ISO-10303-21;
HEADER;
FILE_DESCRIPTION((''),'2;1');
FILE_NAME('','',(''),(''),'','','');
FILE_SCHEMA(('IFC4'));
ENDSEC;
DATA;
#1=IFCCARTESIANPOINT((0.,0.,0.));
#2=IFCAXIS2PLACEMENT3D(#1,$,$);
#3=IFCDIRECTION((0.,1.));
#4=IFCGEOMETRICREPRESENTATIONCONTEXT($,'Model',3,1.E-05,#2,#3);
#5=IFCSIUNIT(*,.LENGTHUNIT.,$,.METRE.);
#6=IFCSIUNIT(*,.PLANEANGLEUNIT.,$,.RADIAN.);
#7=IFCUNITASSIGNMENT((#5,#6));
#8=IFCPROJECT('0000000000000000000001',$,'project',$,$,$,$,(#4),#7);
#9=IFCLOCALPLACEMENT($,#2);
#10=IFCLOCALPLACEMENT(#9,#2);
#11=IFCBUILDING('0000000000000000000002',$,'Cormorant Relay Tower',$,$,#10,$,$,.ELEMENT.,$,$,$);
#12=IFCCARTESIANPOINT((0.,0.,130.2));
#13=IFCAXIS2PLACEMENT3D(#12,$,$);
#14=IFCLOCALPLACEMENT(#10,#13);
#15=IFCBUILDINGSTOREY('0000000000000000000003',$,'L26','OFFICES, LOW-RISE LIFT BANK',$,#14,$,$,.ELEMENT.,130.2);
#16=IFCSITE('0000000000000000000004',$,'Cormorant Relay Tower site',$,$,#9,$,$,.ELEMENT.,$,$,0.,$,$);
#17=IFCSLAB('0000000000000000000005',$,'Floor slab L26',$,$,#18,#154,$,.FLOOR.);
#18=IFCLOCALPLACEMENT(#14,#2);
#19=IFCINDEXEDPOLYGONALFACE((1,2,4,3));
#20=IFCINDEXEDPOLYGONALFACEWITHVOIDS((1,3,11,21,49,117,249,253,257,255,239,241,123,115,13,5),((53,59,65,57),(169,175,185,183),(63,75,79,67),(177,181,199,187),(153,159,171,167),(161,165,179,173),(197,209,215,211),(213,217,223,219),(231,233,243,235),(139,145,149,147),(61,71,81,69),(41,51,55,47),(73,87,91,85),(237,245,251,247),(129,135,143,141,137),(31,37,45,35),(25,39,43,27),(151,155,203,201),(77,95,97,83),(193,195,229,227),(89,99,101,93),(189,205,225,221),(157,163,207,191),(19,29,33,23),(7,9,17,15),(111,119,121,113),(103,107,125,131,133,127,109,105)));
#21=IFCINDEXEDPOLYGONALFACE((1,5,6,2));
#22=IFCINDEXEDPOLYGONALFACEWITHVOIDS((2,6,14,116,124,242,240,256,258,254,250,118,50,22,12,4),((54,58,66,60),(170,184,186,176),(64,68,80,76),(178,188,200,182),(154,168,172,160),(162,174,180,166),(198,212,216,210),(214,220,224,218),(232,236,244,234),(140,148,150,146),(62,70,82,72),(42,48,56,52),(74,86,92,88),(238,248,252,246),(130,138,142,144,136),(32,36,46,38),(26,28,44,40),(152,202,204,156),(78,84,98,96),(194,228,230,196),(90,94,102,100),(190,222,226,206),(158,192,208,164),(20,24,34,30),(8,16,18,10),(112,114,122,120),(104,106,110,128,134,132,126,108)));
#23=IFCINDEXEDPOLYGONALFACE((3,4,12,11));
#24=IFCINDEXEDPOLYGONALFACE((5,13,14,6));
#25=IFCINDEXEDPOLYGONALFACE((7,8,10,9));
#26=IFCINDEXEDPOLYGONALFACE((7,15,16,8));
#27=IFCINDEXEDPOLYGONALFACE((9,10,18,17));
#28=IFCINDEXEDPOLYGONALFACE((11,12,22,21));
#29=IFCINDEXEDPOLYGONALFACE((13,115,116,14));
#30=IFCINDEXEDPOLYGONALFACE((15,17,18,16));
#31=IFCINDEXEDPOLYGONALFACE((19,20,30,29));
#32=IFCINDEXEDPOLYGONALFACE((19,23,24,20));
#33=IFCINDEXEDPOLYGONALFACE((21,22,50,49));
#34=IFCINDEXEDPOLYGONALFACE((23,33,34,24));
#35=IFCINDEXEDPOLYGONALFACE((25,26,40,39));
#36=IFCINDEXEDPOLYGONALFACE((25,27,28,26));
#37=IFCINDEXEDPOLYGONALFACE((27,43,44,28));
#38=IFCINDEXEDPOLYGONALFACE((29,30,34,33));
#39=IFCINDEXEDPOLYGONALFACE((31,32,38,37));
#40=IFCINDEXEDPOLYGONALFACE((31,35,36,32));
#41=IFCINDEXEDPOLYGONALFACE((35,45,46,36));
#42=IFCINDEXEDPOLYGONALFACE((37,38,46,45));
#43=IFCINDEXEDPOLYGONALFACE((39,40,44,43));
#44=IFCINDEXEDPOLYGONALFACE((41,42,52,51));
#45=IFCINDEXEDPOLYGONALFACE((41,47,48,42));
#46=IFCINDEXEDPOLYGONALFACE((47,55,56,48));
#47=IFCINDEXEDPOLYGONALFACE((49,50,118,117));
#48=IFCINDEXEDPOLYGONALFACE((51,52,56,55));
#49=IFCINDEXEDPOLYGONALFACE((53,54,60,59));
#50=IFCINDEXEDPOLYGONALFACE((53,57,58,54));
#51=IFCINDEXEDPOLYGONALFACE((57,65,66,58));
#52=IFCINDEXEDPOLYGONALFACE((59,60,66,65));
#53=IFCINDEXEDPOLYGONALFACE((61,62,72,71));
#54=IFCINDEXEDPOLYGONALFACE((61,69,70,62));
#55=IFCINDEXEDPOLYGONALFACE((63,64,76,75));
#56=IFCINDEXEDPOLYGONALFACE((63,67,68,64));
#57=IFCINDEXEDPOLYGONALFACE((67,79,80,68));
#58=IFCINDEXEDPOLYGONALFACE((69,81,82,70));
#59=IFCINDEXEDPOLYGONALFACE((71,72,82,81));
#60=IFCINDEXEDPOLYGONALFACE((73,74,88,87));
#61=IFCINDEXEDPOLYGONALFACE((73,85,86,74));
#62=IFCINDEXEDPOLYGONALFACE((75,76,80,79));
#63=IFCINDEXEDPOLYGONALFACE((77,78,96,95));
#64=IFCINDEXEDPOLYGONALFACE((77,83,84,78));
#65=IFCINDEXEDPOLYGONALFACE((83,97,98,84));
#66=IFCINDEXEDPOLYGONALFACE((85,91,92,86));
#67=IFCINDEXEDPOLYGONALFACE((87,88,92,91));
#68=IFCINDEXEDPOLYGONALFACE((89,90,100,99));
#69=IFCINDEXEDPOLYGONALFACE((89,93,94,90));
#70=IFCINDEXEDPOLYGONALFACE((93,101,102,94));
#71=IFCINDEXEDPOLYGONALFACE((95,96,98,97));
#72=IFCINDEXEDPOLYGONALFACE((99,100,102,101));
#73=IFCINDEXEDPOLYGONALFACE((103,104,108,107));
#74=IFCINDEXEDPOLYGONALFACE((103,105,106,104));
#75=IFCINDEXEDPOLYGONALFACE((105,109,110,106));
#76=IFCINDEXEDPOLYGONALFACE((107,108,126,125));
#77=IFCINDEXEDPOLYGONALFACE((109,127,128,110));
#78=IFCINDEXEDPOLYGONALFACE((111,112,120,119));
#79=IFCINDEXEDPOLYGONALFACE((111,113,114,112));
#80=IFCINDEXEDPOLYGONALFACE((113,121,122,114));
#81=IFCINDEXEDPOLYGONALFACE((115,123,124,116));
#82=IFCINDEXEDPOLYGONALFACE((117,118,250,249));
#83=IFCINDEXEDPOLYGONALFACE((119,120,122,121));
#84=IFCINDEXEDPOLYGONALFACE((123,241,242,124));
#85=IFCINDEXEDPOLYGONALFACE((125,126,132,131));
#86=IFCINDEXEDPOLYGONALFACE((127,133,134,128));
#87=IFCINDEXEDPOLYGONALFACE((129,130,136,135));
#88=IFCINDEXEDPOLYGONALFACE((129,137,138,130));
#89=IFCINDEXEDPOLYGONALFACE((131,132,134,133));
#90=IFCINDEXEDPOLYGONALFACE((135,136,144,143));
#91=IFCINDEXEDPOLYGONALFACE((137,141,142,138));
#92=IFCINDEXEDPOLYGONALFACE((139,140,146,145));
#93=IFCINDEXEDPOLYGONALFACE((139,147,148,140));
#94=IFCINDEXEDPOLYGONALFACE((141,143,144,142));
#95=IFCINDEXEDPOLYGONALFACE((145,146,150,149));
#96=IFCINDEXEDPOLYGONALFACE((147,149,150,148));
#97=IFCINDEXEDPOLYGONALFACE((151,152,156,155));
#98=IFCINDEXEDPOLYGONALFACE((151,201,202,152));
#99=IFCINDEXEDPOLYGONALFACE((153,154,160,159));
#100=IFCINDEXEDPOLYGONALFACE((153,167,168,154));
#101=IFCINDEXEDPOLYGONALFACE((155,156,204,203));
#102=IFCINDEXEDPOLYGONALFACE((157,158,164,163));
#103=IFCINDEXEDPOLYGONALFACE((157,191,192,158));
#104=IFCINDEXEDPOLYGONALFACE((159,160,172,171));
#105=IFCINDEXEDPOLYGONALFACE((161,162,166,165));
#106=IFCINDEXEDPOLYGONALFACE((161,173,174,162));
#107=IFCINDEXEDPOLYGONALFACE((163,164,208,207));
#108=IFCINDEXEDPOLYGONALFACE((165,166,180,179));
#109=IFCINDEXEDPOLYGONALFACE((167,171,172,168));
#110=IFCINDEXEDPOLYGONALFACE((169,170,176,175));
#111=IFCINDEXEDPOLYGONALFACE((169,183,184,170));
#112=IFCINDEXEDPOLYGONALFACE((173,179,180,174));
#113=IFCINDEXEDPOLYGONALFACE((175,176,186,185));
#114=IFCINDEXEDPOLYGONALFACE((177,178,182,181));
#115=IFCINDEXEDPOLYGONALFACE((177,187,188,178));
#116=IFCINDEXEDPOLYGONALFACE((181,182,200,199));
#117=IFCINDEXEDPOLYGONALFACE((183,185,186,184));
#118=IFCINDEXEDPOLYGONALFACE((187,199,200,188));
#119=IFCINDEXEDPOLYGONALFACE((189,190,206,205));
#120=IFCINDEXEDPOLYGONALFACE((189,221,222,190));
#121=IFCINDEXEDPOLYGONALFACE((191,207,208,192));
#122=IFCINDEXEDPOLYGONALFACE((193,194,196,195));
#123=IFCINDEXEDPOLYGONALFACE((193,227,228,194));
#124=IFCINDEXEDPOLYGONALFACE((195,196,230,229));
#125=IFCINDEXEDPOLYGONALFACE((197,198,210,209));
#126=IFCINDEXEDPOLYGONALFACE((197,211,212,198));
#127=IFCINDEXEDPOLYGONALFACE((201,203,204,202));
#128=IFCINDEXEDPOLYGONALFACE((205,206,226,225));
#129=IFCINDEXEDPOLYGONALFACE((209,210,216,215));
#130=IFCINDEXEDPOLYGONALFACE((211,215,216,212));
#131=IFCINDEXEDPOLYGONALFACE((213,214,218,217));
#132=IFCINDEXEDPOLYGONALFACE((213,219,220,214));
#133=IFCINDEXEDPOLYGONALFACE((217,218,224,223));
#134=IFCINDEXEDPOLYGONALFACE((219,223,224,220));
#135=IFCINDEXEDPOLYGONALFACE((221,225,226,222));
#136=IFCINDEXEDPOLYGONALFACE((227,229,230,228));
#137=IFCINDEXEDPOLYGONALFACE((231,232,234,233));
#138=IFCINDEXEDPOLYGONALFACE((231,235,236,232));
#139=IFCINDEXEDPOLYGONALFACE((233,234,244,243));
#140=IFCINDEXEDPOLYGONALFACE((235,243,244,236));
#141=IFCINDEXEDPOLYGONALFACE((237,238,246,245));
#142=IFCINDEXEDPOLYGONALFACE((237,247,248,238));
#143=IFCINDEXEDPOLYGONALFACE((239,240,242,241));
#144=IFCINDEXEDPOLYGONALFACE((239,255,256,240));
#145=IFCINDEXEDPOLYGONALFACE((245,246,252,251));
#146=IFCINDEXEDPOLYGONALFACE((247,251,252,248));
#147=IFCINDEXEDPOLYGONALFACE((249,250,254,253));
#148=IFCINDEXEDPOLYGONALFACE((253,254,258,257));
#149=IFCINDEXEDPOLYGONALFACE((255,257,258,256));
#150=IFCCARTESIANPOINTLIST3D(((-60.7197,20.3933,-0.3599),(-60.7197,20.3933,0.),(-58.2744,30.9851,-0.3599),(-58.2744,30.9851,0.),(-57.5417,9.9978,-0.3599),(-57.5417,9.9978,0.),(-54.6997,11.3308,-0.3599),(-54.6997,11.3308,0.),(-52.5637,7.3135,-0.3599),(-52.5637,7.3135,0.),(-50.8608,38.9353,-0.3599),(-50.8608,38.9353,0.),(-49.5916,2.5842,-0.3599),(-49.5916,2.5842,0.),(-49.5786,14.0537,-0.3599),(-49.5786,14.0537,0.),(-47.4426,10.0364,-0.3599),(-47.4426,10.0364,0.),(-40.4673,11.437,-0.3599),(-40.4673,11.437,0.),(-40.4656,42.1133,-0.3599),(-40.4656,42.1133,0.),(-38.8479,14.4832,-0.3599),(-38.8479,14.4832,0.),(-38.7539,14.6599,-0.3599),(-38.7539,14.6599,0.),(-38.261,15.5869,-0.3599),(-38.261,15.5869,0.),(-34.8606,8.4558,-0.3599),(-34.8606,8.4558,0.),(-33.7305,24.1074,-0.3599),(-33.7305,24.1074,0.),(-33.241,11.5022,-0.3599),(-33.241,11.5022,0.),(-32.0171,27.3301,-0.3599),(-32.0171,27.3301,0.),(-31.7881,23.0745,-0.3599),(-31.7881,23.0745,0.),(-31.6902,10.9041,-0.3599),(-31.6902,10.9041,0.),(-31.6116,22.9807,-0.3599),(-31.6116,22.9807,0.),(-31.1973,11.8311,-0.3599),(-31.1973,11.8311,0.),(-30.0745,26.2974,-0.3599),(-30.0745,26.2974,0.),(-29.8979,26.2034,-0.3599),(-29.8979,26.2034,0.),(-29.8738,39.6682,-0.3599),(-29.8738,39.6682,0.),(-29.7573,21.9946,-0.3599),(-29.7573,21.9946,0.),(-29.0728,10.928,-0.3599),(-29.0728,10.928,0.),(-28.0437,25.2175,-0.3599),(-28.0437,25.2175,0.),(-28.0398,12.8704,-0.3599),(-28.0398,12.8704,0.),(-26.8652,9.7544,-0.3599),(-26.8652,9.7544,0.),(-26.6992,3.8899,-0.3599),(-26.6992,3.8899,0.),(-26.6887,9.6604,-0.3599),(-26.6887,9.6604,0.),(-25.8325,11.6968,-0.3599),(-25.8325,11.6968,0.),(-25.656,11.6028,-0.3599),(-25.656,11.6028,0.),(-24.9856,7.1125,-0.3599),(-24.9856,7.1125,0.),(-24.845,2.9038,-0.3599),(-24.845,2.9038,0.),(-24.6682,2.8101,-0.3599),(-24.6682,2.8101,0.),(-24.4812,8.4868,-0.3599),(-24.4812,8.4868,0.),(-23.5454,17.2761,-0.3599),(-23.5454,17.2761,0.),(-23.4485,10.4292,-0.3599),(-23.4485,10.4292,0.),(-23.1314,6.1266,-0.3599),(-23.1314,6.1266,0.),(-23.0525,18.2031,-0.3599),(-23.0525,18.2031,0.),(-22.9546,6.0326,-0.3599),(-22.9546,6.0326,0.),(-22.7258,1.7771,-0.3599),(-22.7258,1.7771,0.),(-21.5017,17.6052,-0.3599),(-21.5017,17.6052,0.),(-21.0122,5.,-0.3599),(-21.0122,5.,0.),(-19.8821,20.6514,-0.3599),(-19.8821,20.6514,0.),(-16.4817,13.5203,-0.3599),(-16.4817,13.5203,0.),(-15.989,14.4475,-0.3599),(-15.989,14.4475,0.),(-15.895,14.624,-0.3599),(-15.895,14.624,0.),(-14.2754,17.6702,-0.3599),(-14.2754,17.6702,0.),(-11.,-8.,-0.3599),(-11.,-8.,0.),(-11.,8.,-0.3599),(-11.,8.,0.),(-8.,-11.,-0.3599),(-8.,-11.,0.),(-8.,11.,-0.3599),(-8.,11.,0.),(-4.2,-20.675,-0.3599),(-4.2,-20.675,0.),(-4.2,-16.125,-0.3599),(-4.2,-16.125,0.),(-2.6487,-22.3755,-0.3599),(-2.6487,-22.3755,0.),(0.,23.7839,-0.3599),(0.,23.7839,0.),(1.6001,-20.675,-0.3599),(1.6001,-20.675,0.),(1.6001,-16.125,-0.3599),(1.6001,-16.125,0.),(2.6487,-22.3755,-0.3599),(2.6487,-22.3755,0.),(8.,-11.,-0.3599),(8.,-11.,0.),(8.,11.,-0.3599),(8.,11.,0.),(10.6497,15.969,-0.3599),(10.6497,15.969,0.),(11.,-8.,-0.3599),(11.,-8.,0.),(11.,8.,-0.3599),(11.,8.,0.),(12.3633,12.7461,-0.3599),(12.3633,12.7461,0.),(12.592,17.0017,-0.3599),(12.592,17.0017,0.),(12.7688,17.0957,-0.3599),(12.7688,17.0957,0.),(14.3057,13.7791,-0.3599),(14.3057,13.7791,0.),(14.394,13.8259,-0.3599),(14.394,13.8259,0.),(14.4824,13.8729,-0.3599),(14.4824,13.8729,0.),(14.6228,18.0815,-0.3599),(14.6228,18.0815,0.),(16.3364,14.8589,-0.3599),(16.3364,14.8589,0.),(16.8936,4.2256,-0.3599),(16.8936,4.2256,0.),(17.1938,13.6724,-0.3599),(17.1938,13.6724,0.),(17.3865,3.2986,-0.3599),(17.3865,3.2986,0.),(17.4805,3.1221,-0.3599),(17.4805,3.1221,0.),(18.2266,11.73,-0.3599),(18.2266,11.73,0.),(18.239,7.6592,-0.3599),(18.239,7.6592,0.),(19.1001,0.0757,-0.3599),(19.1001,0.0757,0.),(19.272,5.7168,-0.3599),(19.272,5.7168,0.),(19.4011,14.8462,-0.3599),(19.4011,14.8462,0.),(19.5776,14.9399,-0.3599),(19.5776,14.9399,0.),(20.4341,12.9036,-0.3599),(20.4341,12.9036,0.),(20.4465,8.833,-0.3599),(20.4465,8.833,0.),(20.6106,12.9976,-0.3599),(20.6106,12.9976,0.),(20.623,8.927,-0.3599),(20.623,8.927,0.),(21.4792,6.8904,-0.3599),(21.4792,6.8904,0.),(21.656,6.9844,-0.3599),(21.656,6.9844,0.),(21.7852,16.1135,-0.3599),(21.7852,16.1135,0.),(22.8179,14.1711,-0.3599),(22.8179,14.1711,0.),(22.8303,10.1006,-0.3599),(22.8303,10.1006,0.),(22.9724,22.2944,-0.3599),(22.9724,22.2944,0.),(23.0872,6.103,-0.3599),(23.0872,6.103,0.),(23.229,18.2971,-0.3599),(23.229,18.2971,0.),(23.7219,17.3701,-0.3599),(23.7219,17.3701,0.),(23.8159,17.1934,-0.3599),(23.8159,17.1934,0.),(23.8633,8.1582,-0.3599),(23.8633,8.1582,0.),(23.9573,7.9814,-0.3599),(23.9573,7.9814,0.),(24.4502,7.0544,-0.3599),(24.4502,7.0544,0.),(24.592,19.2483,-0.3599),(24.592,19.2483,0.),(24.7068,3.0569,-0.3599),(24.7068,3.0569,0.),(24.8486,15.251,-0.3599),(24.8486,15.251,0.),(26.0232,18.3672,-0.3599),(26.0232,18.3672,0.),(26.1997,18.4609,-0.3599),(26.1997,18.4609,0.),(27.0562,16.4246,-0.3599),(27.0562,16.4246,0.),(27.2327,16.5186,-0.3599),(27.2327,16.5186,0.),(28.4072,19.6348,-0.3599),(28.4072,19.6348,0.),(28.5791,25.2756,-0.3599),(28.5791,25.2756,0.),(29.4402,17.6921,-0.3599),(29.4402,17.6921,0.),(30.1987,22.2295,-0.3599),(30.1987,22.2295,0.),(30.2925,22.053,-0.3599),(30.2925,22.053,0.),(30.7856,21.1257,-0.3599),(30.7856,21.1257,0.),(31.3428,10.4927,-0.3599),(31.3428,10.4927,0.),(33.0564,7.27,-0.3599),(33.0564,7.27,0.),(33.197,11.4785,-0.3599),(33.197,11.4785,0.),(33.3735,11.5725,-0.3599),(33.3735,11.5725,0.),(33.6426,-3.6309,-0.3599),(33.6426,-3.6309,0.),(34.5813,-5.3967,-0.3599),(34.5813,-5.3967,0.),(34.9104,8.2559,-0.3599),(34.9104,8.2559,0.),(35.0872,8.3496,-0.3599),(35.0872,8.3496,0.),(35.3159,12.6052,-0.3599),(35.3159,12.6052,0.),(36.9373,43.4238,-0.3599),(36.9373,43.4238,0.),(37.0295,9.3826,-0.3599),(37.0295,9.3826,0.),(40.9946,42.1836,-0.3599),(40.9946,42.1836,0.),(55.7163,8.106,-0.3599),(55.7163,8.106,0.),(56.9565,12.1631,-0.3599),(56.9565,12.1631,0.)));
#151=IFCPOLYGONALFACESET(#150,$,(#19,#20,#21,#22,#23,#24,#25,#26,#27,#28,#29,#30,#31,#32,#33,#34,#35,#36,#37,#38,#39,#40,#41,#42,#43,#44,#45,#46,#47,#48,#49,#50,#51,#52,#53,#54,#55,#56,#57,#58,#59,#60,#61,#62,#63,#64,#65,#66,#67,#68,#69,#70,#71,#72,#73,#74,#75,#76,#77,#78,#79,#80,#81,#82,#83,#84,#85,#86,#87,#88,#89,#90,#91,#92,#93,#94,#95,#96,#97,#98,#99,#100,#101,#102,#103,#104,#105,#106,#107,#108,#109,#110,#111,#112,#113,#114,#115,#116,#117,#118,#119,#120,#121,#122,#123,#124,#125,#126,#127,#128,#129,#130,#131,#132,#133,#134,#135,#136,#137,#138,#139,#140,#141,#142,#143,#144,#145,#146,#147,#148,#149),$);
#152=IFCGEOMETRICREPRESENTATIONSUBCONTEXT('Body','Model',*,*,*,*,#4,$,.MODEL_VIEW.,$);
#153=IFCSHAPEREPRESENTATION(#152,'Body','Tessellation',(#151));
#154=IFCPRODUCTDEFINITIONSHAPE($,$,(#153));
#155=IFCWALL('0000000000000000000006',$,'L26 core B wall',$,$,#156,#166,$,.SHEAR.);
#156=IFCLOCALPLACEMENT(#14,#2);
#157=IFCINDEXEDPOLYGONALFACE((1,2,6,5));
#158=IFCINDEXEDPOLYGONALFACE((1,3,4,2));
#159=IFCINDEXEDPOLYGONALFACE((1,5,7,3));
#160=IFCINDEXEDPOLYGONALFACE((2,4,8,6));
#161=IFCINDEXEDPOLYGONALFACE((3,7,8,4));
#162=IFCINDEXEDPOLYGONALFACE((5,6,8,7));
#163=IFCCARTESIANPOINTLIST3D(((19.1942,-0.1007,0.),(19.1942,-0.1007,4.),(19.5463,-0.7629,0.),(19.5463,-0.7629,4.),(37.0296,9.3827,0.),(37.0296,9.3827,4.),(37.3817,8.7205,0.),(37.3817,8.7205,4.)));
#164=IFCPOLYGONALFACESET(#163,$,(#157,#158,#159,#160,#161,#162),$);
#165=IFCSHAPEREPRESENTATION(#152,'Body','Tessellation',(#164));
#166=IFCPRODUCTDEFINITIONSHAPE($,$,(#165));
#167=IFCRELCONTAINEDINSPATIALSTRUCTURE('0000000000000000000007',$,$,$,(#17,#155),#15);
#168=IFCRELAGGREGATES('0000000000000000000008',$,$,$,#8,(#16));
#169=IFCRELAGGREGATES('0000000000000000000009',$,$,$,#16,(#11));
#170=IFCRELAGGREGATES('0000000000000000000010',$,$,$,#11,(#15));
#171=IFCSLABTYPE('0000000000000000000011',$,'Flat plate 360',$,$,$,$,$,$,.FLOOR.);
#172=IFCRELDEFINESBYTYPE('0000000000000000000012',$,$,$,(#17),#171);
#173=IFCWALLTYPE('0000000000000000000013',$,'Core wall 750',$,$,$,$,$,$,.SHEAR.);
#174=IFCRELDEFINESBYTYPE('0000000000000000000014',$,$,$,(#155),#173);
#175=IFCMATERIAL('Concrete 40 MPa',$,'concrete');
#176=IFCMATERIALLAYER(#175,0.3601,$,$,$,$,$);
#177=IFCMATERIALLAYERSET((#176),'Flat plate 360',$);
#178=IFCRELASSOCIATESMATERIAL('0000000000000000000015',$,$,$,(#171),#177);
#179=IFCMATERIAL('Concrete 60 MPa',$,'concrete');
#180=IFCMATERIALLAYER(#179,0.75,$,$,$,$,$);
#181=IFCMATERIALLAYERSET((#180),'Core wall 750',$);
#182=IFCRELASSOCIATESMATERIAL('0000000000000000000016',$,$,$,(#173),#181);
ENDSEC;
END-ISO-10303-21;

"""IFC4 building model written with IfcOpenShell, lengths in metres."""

from ifc_helpers import new_model, si_unit, direction, frame, frame_2d, origin, place, context, subcontext, project, spatial, polyline, rectangle, outline, extrude, material, layer, layer_set, type_object, element, save


model = new_model("IFC4")

# Units and contexts
model_context = context("Model", 3, precision=1e-05, world=origin(), true_north=direction((0.0, 1.0)))
body_context = subcontext(model_context, "Body", "Model", "MODEL_VIEW")
ifc_project = project(units=[si_unit("LENGTHUNIT", "METRE"), si_unit("PLANEANGLEUNIT", "RADIAN")], contexts=[model_context])

# Site, building, storey
site_placement = place(None, origin())
site = spatial("IfcSite", under=ifc_project, at=site_placement, Name="Cormorant Relay Tower site", CompositionType="ELEMENT", RefElevation=0.0)
building_placement = place(site_placement, origin())
building = spatial("IfcBuilding", under=site, at=building_placement, Name="Cormorant Relay Tower", CompositionType="ELEMENT")
storey_placement = place(building_placement, frame((0.0, 0.0, 130.2)))
storey = spatial("IfcBuildingStorey", under=building, at=storey_placement, Name="L26", Description="OFFICES, LOW-RISE LIFT BANK", CompositionType="ELEMENT", Elevation=130.2)

# Slab
ifc_material_1 = material(Name="Concrete 40 MPa", Category="concrete")
ifc_layer_1 = layer(ifc_material_1, 0.3601)
ifc_layer_set_1 = layer_set([ifc_layer_1], Name="Flat plate 360")
slab_type_1 = type_object("IfcSlabType", Name="Flat plate 360", PredefinedType="FLOOR", material=ifc_layer_set_1)
slab_1_placement = place(storey_placement, frame((0.0, 0.0, -0.3599)))
element("IfcSlab", 1, at=slab_1_placement, inside=storey, type_object=slab_type_1, Name="Floor slab L26", PredefinedType="FLOOR", context=body_context, shape_type="SweptSolid", body=[
    extrude(outline(polyline([(-60.7197, 20.3933), (-58.2744, 30.9851), (-50.8608, 38.9353), (-40.4656, 42.1133), (-29.8738, 39.6682), (0.0, 23.7839), (36.9373, 43.4238), (40.9946, 42.1836), (56.9565, 12.1631), (55.7163, 8.106), (33.6426, -3.6309), (34.5813, -5.3967), (2.6487, -22.3755), (-2.6487, -22.3755), (-49.5916, 2.5842), (-57.5417, 9.9978), (-60.7197, 20.3933)]), holes=[polyline([(11.0, -8.0), (11.0, 8.0), (8.0, 11.0), (-8.0, 11.0), (-11.0, 8.0), (-11.0, -8.0), (-8.0, -11.0), (8.0, -11.0), (11.0, -8.0)]), polyline([(-4.2, -16.125), (-4.2, -20.675), (1.6001, -20.675), (1.6001, -16.125), (-4.2, -16.125)]), polyline([(-22.9546, 6.0327), (-24.6682, 2.8101), (-22.7258, 1.7771), (-21.0122, 5.0), (-23.043, 6.0796), (-22.9546, 6.0327)]), polyline([(-24.9856, 7.1125), (-26.6992, 3.8899), (-24.845, 2.9038), (-23.1313, 6.1267), (-23.043, 6.0796), (-24.9856, 7.1125)]), polyline([(-26.6887, 9.6604), (-24.4812, 8.4868), (-23.4485, 10.4292), (-25.656, 11.6028), (-26.6887, 9.6604)]), polyline([(-49.5786, 14.0537), (-54.6997, 11.3308), (-52.5637, 7.3135), (-47.4426, 10.0364), (-49.5786, 14.0537)]), polyline([(-28.0398, 12.8704), (-29.0728, 10.928), (-26.8652, 9.7544), (-25.8325, 11.6968), (-28.0398, 12.8704)]), polyline([(-38.8479, 14.4832), (-40.4673, 11.437), (-34.8606, 8.4558), (-33.241, 11.5022), (-38.8479, 14.4832)]), polyline([(-38.261, 15.5869), (-38.7539, 14.6599), (-31.6902, 10.9041), (-31.1973, 11.8311), (-38.261, 15.5869)]), polyline([(14.3057, 13.7791), (12.592, 17.0017), (10.6497, 15.969), (12.3633, 12.7461), (14.394, 13.8259), (14.3057, 13.7791)]), polyline([(16.3364, 14.8589), (14.6228, 18.0815), (12.7688, 17.0957), (14.4824, 13.8728), (14.394, 13.8259), (16.3364, 14.8589)]), polyline([(-16.4817, 13.5203), (-15.989, 14.4475), (-23.0525, 18.2031), (-23.5454, 17.2761), (-16.4817, 13.5203)]), polyline([(-21.5017, 17.6052), (-15.895, 14.624), (-14.2754, 17.6702), (-19.8821, 20.6514), (-21.5017, 17.6052)]), polyline([(-31.6116, 22.9807), (-29.7573, 21.9946), (-28.0437, 25.2175), (-29.8979, 26.2034), (-31.6116, 22.9807)]), polyline([(-32.0171, 27.3301), (-33.7305, 24.1074), (-31.7881, 23.0745), (-30.0745, 26.2974), (-32.0171, 27.3301)]), polyline([(17.4805, 3.1221), (19.1001, 0.0757), (24.7068, 3.0569), (23.0872, 6.103), (17.4805, 3.1221)]), polyline([(16.8936, 4.2256), (17.3865, 3.2986), (24.4502, 7.0544), (23.9573, 7.9814), (16.8936, 4.2256)]), polyline([(20.4465, 8.833), (18.239, 7.6592), (19.272, 5.7168), (21.4792, 6.8904), (20.4465, 8.833)]), polyline([(20.623, 8.927), (21.656, 6.9844), (23.8633, 8.1582), (22.8303, 10.1006), (20.623, 8.927)]), polyline([(33.197, 11.4785), (31.3428, 10.4927), (33.0564, 7.27), (34.9104, 8.2559), (33.197, 11.4785)]), polyline([(33.3735, 11.5725), (35.0872, 8.3496), (37.0295, 9.3826), (35.3159, 12.6052), (33.3735, 11.5725)]), polyline([(17.1938, 13.6724), (18.2266, 11.73), (20.4341, 12.9036), (19.4011, 14.8462), (17.1938, 13.6724)]), polyline([(20.6106, 12.9976), (22.8179, 14.1711), (21.7852, 16.1135), (19.5776, 14.9399), (20.6106, 12.9976)]), polyline([(26.0232, 18.3672), (23.8159, 17.1934), (24.8486, 15.251), (27.0562, 16.4246), (26.0232, 18.3672)]), polyline([(29.4402, 17.6921), (28.4072, 19.6348), (26.1997, 18.4609), (27.2327, 16.5186), (29.4402, 17.6921)]), polyline([(30.7856, 21.1257), (30.2925, 22.053), (23.229, 18.2971), (23.7219, 17.3701), (30.7856, 21.1257)]), polyline([(24.592, 19.2483), (30.1987, 22.2295), (28.5791, 25.2756), (22.9724, 22.2944), (24.592, 19.2483)])]), origin(), (0.0, 0.0, 1.0), 0.3599),
])

# Shared definitions
ifc_material_2 = material(Name="Concrete 60 MPa", Category="concrete")
ifc_layer_2 = layer(ifc_material_2, 0.75)
ifc_layer_set_2 = layer_set([ifc_layer_2], Name="Core wall 750")
wall_type_1 = type_object("IfcWallType", Name="Core wall 750", PredefinedType="SHEAR", material=ifc_layer_set_2)

# Wall
wall_1_placement = place(storey_placement, frame((19.3701, -0.4319, 0.0), z_axis=(0.0, 0.0, 1.0), x_axis=(0.882945, 0.469476, 0.0)))
element("IfcWall", 2, at=wall_1_placement, inside=storey, type_object=wall_type_1, Name="L26 core B wall", PredefinedType="SHEAR", context=body_context, shape_type="SweptSolid", body=[
    extrude(rectangle(XDim=20.2, YDim=0.75, at=frame_2d((10.1001, 0.0))), origin(), (0.0, 0.0, 1.0), 4.0),
])

save(model, "model.ifc")
